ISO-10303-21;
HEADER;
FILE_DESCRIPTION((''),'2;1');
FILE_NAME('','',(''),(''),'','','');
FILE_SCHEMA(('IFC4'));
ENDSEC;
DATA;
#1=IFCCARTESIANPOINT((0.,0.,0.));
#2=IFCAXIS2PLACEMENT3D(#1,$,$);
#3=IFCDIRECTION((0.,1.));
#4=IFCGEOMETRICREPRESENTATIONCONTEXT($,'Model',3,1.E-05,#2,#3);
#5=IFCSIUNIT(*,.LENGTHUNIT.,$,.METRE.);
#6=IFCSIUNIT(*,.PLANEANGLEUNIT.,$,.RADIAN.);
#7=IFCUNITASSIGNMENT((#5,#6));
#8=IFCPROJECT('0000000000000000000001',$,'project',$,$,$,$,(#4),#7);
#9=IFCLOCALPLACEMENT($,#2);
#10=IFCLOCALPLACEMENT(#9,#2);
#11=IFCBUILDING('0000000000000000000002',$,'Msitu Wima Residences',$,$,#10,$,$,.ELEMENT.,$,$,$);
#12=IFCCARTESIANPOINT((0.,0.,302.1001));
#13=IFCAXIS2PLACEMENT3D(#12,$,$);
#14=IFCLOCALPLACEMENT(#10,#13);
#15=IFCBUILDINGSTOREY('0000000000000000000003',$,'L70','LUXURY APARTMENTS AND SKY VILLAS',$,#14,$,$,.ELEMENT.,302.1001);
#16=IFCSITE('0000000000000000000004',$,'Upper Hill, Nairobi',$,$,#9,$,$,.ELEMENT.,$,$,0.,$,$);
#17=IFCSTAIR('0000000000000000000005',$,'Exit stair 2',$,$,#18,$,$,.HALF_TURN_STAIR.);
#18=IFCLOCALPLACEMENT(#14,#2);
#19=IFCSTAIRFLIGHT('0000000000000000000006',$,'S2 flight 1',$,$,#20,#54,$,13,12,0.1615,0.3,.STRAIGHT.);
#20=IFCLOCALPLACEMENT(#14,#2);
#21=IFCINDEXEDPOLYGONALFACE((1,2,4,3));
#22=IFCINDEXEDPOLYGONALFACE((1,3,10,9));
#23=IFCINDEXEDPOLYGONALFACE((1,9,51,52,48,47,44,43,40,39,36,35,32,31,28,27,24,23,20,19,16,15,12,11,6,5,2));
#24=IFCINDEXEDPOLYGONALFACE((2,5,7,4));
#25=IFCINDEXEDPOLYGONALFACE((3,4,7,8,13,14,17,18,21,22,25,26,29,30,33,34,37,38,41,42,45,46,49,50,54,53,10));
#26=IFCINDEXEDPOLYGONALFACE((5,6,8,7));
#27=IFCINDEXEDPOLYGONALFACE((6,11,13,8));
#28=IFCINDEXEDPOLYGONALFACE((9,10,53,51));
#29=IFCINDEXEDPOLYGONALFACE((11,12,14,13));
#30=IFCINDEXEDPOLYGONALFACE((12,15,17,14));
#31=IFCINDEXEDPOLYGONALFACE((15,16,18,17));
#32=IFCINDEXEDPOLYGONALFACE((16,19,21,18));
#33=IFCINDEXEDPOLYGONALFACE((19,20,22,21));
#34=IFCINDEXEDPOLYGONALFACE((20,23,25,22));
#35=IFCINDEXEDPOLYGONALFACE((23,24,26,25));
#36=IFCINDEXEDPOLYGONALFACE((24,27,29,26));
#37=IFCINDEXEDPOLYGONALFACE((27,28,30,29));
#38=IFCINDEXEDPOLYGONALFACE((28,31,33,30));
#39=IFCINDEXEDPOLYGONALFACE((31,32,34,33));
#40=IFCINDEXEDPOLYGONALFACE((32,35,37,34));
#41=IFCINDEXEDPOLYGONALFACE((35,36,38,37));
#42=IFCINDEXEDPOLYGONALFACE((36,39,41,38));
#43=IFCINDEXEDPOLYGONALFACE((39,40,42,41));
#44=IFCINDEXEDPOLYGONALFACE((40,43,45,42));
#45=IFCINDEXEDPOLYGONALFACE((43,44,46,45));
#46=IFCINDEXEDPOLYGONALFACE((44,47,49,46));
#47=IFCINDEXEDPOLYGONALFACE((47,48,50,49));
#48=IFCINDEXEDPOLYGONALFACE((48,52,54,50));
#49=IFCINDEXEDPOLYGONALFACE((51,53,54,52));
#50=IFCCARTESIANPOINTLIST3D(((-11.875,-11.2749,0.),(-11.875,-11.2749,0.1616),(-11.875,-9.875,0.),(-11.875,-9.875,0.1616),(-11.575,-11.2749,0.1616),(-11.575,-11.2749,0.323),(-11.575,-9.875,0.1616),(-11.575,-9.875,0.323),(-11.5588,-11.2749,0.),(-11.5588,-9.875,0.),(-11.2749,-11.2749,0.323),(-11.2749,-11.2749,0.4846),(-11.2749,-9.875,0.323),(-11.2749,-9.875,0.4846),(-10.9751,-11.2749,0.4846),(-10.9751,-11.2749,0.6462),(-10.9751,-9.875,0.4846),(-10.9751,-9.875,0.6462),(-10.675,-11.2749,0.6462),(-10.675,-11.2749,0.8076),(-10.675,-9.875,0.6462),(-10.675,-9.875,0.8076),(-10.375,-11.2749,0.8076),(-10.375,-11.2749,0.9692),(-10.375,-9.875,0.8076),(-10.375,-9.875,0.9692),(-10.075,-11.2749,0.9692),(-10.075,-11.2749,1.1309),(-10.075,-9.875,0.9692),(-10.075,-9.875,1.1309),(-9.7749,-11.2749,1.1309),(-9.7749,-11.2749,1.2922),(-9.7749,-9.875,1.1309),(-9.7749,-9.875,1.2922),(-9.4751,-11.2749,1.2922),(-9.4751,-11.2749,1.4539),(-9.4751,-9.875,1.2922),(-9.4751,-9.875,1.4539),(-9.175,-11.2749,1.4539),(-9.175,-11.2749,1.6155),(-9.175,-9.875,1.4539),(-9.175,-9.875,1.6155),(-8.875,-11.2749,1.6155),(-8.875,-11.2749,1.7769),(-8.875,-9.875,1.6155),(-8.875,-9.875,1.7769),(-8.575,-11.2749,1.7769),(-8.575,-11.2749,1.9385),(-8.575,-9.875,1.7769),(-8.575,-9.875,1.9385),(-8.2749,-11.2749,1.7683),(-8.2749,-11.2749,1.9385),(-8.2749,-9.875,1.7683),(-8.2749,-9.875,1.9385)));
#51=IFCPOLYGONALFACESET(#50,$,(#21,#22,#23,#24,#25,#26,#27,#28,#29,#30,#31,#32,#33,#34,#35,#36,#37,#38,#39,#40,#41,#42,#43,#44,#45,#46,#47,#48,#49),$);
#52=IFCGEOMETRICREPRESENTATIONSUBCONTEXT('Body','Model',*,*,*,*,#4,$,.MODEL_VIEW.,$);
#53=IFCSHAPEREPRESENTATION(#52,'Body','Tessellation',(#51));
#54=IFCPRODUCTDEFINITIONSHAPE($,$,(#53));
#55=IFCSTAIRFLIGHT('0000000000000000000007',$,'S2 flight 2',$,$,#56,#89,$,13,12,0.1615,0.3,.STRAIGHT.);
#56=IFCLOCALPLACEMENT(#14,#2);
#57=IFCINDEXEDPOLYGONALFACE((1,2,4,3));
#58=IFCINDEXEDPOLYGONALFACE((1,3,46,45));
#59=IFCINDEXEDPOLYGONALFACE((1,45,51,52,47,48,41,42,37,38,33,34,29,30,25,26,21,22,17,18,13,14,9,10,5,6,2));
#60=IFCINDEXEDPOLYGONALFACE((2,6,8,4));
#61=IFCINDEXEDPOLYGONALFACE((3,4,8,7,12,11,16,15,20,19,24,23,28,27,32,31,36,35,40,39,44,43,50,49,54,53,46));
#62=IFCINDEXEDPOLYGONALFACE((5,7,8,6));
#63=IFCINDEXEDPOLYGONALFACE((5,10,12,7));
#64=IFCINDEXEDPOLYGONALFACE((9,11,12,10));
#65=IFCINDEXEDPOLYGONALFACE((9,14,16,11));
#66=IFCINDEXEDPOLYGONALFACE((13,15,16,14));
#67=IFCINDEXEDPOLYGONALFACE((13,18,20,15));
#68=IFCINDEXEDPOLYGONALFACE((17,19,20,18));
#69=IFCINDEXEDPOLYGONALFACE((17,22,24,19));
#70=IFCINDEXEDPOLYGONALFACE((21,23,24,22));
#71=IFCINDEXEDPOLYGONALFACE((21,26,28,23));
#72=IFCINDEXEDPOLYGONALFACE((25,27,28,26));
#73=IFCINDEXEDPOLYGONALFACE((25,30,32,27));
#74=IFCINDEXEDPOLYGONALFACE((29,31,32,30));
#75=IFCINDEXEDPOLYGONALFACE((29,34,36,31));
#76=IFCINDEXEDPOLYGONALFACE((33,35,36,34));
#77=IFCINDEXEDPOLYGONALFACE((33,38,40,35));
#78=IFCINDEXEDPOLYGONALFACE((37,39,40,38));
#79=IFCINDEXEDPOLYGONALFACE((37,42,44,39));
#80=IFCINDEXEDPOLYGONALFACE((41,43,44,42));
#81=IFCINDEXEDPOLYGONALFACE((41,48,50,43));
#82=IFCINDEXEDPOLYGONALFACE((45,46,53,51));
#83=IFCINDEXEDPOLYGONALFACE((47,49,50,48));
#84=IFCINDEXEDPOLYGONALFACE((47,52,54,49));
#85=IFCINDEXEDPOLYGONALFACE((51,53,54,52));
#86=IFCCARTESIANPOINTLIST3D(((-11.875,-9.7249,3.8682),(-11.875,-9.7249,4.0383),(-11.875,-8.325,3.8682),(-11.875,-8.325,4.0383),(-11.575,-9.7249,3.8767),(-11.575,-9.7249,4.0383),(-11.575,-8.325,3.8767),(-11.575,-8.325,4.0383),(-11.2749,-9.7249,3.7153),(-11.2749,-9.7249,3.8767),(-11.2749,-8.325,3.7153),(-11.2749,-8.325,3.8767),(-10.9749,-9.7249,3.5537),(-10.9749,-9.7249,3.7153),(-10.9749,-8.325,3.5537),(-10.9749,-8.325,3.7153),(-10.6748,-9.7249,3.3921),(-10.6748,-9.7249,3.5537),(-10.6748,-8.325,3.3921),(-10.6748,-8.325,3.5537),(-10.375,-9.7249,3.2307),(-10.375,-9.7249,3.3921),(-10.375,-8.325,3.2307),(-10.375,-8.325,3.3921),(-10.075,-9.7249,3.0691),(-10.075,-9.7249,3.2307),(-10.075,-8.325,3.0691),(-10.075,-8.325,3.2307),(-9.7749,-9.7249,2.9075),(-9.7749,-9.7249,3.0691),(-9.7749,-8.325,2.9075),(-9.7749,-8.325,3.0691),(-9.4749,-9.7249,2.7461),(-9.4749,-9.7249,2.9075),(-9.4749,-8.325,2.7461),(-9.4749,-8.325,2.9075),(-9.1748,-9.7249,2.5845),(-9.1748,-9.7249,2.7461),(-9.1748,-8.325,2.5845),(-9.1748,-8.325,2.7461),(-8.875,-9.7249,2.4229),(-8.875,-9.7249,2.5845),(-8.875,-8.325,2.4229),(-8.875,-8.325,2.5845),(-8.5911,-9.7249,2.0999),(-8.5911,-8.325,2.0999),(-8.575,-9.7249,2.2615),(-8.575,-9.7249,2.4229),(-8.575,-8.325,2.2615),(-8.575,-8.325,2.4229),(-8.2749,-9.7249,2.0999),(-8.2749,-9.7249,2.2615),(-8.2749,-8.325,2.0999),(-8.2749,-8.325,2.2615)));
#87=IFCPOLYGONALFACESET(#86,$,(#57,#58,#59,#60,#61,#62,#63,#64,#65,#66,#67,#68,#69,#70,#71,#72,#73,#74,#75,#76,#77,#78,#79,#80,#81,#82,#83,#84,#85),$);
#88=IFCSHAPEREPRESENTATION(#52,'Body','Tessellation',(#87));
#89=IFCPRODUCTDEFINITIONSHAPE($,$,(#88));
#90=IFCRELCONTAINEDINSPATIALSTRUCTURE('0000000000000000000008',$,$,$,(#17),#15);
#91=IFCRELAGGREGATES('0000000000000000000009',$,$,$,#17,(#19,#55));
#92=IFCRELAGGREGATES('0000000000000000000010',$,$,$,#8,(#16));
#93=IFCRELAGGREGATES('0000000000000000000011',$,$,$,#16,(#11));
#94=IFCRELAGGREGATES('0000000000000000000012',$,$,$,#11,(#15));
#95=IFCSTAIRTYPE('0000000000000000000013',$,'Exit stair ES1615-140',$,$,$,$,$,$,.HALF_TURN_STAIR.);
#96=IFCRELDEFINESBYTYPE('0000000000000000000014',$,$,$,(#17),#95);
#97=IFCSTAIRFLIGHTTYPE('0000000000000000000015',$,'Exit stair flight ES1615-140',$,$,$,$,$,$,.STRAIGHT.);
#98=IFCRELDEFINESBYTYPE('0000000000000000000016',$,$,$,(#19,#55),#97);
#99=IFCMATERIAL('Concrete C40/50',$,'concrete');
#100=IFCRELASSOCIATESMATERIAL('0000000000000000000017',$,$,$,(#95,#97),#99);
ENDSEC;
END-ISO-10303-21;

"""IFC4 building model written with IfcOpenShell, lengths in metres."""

from ifc_helpers import new_model, si_unit, direction, frame, origin, place, context, subcontext, project, spatial, polyline, outline, extrude, material, type_object, element, aggregate, save


model = new_model("IFC4")

# Units and contexts
model_context = context("Model", 3, precision=1e-05, world=origin(), true_north=direction((0.0, 1.0)))
body_context = subcontext(model_context, "Body", "Model", "MODEL_VIEW")
ifc_project = project(units=[si_unit("LENGTHUNIT", "METRE"), si_unit("PLANEANGLEUNIT", "RADIAN")], contexts=[model_context])

# Site, building, storey
site_placement = place(None, origin())
site = spatial("IfcSite", under=ifc_project, at=site_placement, Name="Upper Hill, Nairobi", CompositionType="ELEMENT", RefElevation=0.0)
building_placement = place(site_placement, origin())
building = spatial("IfcBuilding", under=site, at=building_placement, Name="Msitu Wima Residences", CompositionType="ELEMENT")
storey_placement = place(building_placement, frame((0.0, 0.0, 302.1001)))
storey = spatial("IfcBuildingStorey", under=building, at=storey_placement, Name="L70", Description="LUXURY APARTMENTS AND SKY VILLAS", CompositionType="ELEMENT", Elevation=302.1001)

# Shared definitions
ifc_material_1 = material(Name="Concrete C40/50", Category="concrete")

# Stair, stair flights
stair_type = type_object("IfcStairType", Name="Exit stair ES1615-140", PredefinedType="HALF_TURN_STAIR", material=ifc_material_1)
stair_placement = place(storey_placement, origin())
stair = element("IfcStair", 1, at=stair_placement, inside=storey, type_object=stair_type, Name="Exit stair 2", PredefinedType="HALF_TURN_STAIR")
stair_flight_type = type_object("IfcStairFlightType", Name="Exit stair flight ES1615-140", PredefinedType="STRAIGHT", material=ifc_material_1)
stair_flight_1_placement = place(storey_placement, frame((-11.875, -10.575, 0.0), z_axis=(0.0, 0.0, 1.0), x_axis=(1.0, 0.0, 0.0)))
stair_flight_1 = element("IfcStairFlight", 2, at=stair_flight_1_placement, type_object=stair_flight_type, Name="S2 flight 1", NumberOfRisers=13, NumberOfTreads=12, PredefinedType="STRAIGHT", RiserHeight=0.1615, TreadLength=0.3, context=body_context, shape_type="SweptSolid", body=[
    extrude(outline(polyline([(0.0, 0.0), (0.0, 0.1616), (0.3, 0.1616), (0.3, 0.323), (0.6001, 0.323), (0.6001, 0.4846), (0.8999, 0.4846), (0.8999, 0.6462), (1.2, 0.6462), (1.2, 0.8076), (1.5, 0.8076), (1.5, 0.9692), (1.8, 0.9692), (1.8, 1.1309), (2.1001, 1.1309), (2.1001, 1.2922), (2.3999, 1.2922), (2.3999, 1.4539), (2.7, 1.4539), (2.7, 1.6155), (3.0, 1.6155), (3.0, 1.7769), (3.3, 1.7769), (3.3, 1.9385), (3.6001, 1.9385), (3.6001, 2.1001), (3.6001, 1.7683), (0.3162, 0.0), (0.0, 0.0)])), frame((0.0, 0.7, 0.0), z_axis=(0.0, -1.0, 0.0), x_axis=(1.0, 0.0, 0.0)), (0.0, 0.0, 1.0), 1.3999),
])
stair_flight_2_placement = place(storey_placement, frame((-8.2749, -9.0249, 2.0999), z_axis=(0.0, 0.0, 1.0), x_axis=(-1.0, 0.0, 0.0)))
stair_flight_2 = element("IfcStairFlight", 3, at=stair_flight_2_placement, type_object=stair_flight_type, Name="S2 flight 2", NumberOfRisers=13, NumberOfTreads=12, PredefinedType="STRAIGHT", RiserHeight=0.1615, TreadLength=0.3, context=body_context, shape_type="SweptSolid", body=[
    extrude(outline(polyline([(0.0, 0.0), (0.0, 0.1616), (0.3, 0.1616), (0.3, 0.323), (0.6001, 0.323), (0.6001, 0.4846), (0.8999, 0.4846), (0.8999, 0.6462), (1.2, 0.6462), (1.2, 0.8076), (1.5, 0.8076), (1.5, 0.9692), (1.8, 0.9692), (1.8, 1.1309), (2.1001, 1.1309), (2.1001, 1.2922), (2.3999, 1.2922), (2.3999, 1.4539), (2.7, 1.4539), (2.7, 1.6155), (3.0, 1.6155), (3.0, 1.7769), (3.3, 1.7769), (3.3, 1.9385), (3.6001, 1.9385), (3.6001, 2.1001), (3.6001, 1.7683), (0.3162, 0.0), (0.0, 0.0)])), frame((0.0, 0.7, 0.0), z_axis=(0.0, -1.0, 0.0), x_axis=(1.0, 0.0, 0.0)), (0.0, 0.0, 1.0), 1.3999),
])
aggregate(stair, [stair_flight_1, stair_flight_2])

save(model, "model.ifc")
